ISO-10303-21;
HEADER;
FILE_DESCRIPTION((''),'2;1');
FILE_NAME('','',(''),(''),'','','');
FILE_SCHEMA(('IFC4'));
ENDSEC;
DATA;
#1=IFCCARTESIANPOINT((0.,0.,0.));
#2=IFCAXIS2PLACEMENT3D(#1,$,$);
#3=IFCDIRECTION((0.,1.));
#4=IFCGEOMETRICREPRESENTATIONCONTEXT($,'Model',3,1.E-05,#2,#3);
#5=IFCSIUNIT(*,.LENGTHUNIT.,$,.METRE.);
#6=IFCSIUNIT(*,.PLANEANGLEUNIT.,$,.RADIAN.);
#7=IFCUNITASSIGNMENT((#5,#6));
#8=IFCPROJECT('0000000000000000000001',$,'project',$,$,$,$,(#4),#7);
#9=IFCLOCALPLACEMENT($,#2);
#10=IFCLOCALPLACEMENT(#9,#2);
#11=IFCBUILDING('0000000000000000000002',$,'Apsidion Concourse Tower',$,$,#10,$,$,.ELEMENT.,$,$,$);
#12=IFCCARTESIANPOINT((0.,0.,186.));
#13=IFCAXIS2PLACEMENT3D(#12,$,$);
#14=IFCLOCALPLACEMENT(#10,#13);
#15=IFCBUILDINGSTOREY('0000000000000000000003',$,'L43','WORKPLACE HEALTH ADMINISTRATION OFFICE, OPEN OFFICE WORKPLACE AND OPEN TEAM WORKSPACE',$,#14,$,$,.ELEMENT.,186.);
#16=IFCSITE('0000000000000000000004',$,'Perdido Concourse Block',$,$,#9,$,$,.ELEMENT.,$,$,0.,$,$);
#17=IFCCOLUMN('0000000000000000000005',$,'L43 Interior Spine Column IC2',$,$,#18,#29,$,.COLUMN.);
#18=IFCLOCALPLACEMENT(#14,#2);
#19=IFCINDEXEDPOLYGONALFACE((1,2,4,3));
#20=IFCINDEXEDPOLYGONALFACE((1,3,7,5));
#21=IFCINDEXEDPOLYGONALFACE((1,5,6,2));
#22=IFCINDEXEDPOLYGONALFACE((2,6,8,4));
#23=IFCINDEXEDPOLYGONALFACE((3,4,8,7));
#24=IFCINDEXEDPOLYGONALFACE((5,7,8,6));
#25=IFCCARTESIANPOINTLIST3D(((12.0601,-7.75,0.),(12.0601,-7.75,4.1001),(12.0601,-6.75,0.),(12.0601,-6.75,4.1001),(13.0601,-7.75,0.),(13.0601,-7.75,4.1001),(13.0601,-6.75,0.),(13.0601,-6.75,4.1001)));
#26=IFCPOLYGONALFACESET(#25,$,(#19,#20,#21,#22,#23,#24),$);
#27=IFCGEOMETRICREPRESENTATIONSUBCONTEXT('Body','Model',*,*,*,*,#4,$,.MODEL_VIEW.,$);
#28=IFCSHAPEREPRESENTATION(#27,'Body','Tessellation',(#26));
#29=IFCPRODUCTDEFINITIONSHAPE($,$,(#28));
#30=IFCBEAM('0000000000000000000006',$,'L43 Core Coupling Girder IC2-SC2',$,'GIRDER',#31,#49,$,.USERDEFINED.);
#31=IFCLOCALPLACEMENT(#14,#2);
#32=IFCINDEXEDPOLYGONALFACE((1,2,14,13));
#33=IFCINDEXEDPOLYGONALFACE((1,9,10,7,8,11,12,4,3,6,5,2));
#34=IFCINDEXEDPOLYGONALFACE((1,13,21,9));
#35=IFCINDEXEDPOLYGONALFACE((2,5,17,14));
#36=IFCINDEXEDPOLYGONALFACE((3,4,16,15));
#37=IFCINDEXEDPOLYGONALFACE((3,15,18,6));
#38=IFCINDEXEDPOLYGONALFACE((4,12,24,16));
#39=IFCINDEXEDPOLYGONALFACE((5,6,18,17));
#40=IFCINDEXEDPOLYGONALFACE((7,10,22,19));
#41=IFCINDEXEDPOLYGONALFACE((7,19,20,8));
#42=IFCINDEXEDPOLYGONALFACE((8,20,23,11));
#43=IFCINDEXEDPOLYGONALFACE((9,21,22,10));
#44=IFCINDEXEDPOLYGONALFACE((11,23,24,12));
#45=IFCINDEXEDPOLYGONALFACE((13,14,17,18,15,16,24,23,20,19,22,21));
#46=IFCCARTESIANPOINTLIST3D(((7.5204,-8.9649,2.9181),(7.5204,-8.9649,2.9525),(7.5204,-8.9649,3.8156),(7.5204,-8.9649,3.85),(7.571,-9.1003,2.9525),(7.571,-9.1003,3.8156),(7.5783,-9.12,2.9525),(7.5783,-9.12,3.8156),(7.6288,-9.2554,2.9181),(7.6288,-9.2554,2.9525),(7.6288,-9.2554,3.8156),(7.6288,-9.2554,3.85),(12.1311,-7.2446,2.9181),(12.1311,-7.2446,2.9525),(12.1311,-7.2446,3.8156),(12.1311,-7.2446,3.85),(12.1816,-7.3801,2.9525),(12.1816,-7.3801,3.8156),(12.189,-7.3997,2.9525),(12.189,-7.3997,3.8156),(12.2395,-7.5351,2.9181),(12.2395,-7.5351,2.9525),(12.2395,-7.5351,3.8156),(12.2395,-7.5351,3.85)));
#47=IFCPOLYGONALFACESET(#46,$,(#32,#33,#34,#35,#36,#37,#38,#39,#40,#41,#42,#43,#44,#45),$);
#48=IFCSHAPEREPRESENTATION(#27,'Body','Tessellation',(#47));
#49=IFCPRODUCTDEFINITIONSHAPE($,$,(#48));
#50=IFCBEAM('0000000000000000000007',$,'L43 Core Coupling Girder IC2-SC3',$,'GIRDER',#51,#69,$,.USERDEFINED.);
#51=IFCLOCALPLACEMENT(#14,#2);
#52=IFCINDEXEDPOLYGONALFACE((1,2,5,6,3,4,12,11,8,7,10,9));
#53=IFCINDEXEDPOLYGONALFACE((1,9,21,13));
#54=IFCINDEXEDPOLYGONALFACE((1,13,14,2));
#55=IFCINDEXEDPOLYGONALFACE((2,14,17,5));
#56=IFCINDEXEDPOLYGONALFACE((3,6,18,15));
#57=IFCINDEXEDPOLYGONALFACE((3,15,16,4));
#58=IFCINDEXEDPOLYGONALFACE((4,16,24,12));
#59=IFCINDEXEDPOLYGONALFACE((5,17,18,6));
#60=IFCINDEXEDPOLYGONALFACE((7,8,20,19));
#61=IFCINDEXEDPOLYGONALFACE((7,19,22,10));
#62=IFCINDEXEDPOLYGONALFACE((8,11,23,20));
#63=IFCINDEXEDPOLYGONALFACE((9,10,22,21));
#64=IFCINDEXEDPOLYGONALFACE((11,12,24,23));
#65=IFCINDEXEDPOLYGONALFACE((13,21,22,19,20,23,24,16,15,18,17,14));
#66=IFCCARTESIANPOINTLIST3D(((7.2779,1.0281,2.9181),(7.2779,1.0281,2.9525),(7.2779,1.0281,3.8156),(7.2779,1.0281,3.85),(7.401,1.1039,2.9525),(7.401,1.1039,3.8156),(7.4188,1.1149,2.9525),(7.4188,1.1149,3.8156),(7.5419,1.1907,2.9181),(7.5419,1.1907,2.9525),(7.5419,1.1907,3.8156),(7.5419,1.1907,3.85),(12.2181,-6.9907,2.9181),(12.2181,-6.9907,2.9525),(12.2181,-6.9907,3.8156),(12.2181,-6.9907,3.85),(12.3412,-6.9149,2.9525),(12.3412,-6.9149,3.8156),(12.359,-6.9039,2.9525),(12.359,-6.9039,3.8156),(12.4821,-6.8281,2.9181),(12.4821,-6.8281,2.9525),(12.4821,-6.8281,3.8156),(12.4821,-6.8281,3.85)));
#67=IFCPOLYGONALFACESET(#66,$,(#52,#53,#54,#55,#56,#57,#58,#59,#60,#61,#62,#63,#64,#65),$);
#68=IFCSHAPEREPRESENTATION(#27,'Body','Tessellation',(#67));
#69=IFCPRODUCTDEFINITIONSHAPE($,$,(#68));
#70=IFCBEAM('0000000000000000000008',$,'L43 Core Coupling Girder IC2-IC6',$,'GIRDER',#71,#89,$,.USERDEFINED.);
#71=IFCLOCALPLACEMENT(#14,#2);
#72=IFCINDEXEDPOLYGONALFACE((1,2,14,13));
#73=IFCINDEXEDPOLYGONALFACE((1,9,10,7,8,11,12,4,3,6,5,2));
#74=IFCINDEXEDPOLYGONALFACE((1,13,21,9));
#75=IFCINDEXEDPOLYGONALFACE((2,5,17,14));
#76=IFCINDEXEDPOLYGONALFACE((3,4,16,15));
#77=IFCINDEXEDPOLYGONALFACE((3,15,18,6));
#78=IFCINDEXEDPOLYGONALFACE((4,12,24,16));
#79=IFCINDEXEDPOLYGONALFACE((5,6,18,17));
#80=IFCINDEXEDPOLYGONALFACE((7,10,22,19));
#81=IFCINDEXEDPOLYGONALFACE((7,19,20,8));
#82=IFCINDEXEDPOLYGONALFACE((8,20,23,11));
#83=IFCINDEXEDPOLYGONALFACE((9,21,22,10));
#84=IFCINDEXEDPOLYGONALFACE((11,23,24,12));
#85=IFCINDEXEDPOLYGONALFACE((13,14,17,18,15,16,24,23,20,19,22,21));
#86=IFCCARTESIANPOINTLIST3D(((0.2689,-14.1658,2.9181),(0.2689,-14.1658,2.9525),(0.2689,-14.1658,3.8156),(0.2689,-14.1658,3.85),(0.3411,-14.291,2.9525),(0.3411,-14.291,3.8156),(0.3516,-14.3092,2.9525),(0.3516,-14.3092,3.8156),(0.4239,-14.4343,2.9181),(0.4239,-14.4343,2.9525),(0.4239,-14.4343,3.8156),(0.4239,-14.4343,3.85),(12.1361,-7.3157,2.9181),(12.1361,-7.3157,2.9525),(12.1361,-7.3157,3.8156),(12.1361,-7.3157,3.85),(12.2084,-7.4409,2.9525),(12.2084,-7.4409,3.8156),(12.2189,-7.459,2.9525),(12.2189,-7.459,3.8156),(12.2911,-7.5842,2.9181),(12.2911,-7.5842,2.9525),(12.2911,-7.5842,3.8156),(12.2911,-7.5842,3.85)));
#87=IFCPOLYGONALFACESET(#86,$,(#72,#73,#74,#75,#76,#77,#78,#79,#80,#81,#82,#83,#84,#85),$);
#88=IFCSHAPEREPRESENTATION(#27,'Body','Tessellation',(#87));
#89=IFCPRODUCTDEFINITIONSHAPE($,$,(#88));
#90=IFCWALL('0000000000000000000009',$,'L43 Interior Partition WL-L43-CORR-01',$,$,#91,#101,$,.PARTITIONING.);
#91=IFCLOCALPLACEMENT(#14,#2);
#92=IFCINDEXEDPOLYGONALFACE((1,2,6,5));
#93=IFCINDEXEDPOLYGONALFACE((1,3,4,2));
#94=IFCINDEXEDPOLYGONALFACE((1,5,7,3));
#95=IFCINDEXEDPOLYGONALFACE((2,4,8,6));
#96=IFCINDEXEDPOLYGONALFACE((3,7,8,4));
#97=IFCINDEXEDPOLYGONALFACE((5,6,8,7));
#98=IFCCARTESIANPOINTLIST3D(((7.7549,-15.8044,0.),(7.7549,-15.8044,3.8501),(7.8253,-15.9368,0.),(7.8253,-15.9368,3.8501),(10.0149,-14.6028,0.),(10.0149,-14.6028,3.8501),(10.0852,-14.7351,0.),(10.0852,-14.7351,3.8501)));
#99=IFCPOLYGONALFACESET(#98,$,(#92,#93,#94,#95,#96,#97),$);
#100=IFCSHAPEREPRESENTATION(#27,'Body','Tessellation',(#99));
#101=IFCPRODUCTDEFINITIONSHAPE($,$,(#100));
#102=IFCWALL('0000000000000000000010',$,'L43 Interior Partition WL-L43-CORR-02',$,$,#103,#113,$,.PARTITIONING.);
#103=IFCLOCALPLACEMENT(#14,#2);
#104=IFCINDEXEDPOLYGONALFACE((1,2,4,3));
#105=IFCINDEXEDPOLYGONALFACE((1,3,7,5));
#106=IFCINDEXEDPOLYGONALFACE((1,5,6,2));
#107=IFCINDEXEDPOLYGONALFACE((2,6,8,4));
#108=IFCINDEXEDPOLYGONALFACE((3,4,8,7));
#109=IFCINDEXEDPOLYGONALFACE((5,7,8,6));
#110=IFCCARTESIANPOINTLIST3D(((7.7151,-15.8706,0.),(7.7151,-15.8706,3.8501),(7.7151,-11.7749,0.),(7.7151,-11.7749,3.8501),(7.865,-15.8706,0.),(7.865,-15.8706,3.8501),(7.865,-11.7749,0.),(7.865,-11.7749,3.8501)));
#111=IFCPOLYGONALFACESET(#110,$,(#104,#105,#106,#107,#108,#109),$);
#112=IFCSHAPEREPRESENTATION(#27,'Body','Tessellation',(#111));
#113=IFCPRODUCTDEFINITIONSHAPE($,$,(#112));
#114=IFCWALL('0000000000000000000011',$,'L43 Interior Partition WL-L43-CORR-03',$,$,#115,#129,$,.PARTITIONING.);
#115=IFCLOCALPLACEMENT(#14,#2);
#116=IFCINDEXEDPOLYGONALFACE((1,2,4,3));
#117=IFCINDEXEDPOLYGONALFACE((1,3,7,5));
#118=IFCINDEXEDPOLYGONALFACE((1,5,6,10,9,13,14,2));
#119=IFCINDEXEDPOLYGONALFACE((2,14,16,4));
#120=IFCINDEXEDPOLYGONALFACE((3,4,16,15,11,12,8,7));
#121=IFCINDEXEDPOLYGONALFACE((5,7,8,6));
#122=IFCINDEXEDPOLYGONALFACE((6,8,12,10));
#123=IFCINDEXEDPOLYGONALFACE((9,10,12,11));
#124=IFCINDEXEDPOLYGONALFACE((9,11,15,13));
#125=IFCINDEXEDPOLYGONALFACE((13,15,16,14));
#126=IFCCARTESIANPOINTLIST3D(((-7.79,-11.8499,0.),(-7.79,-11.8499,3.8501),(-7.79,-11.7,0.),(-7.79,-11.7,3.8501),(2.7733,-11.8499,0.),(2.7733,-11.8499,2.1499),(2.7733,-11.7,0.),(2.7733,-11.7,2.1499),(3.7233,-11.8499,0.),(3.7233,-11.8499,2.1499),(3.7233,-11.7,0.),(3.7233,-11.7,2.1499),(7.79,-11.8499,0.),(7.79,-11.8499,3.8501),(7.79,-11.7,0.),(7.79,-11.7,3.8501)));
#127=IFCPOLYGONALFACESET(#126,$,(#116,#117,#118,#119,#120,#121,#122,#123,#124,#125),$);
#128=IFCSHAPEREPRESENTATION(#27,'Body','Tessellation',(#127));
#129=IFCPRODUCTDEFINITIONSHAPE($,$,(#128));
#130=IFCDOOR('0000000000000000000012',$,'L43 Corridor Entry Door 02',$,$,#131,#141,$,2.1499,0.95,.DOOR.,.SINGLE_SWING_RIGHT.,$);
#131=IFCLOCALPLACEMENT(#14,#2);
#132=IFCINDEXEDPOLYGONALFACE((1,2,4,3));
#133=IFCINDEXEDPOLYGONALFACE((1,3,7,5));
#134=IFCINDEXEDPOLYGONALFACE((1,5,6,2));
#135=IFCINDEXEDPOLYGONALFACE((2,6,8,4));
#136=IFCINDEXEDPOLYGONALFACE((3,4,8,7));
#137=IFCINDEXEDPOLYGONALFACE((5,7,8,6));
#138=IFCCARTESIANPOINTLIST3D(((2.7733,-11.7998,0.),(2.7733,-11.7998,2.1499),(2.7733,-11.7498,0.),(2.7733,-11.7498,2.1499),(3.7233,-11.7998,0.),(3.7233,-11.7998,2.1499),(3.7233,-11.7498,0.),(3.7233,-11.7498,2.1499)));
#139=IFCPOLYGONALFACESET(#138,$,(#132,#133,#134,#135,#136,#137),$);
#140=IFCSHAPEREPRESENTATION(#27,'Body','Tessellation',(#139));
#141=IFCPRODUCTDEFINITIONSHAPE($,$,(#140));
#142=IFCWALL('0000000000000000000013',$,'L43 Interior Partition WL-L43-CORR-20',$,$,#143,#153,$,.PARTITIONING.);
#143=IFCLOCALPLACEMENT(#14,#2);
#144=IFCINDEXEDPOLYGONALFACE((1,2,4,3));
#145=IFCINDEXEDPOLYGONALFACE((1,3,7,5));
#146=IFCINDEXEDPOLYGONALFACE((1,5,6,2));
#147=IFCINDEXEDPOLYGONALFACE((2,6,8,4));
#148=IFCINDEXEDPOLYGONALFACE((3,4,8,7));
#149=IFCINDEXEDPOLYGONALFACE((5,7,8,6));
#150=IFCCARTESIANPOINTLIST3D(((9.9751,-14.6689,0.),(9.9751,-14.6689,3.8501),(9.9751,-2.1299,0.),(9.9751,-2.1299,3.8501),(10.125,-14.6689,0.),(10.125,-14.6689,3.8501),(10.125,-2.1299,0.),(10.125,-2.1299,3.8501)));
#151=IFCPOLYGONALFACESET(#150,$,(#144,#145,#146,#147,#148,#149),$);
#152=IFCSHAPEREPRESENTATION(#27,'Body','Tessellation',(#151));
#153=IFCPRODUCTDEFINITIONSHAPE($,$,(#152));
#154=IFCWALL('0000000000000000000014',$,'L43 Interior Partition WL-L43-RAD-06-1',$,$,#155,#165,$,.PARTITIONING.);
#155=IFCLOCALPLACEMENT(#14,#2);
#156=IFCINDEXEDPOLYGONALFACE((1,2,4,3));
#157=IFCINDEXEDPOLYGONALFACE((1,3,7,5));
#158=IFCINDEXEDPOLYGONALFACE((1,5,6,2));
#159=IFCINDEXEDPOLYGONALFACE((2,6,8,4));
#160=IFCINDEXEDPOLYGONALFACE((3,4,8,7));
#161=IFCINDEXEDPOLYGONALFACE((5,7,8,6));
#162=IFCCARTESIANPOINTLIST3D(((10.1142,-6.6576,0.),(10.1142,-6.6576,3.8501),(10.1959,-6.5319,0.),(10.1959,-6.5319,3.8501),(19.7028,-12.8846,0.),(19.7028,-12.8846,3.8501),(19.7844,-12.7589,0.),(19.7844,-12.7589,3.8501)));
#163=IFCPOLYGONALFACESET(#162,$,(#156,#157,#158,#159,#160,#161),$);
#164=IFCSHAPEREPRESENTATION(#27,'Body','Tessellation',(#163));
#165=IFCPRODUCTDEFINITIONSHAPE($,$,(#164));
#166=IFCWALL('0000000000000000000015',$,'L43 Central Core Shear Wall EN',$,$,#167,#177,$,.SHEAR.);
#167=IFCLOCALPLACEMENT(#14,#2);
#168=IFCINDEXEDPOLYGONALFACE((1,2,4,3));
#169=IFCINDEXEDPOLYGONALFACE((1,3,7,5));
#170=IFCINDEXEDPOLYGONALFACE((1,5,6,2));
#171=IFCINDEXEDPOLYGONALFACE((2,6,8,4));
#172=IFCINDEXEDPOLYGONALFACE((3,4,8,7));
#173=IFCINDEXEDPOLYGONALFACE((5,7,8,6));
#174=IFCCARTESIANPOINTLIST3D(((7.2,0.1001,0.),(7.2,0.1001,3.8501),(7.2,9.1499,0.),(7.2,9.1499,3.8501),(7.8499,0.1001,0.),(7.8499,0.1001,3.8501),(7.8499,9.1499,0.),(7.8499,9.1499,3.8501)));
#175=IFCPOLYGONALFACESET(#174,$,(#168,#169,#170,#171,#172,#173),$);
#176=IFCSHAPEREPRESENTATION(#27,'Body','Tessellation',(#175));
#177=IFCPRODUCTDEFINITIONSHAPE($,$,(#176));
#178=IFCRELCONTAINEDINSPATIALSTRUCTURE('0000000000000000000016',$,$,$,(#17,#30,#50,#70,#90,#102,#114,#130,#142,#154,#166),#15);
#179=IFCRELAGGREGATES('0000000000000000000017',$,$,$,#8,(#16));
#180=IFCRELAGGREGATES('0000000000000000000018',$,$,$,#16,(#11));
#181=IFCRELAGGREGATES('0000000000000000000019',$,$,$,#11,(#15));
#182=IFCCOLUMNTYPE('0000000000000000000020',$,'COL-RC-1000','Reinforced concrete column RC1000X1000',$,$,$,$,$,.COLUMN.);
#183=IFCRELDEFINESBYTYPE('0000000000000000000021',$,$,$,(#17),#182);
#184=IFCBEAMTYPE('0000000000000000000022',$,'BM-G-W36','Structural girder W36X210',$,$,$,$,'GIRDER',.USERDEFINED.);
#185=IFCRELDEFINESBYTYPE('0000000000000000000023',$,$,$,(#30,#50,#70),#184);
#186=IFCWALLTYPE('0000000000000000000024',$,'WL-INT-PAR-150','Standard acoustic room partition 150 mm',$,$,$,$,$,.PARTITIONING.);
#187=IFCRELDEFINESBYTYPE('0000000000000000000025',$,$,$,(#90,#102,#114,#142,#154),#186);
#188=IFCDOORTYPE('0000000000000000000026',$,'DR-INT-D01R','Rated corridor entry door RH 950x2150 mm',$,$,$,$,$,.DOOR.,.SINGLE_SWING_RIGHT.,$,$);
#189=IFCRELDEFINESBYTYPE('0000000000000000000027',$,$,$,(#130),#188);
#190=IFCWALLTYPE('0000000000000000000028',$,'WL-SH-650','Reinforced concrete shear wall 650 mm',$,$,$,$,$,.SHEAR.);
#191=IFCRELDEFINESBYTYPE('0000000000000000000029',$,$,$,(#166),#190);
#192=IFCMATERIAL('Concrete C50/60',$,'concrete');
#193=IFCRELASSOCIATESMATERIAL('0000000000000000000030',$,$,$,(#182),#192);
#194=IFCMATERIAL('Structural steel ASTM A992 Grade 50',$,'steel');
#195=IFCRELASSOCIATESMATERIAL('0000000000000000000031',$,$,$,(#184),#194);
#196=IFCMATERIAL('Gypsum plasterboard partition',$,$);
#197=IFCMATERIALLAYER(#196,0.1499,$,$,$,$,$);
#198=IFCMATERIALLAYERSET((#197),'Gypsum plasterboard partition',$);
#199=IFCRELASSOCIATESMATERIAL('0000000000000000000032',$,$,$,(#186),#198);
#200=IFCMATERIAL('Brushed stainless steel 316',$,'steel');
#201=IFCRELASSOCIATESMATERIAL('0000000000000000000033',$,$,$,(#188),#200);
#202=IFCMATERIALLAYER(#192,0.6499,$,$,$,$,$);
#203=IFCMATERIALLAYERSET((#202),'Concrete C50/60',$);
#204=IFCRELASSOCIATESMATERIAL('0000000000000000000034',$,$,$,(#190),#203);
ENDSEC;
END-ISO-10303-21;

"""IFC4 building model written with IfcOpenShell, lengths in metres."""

from ifc_helpers import new_model, si_unit, direction, frame, frame_2d, origin, origin_2d, place, context, subcontext, project, spatial, rectangle, i_section, extrude, material, layer, layer_set, material_profile, profile_set, type_object, element, fill, save


model = new_model("IFC4")

# Units and contexts
model_context = context("Model", 3, precision=1e-05, world=origin(), true_north=direction((0.0, 1.0)))
body_context = subcontext(model_context, "Body", "Model", "MODEL_VIEW")
ifc_project = project(units=[si_unit("LENGTHUNIT", "METRE"), si_unit("PLANEANGLEUNIT", "RADIAN")], contexts=[model_context])

# Site, building, storey
site_placement = place(None, origin())
site = spatial("IfcSite", under=ifc_project, at=site_placement, Name="Perdido Concourse Block", CompositionType="ELEMENT", RefElevation=0.0)
building_placement = place(site_placement, origin())
building = spatial("IfcBuilding", under=site, at=building_placement, Name="Apsidion Concourse Tower", CompositionType="ELEMENT")
storey_placement = place(building_placement, frame((0.0, 0.0, 186.0)))
storey = spatial("IfcBuildingStorey", under=building, at=storey_placement, Name="L43", Description="WORKPLACE HEALTH ADMINISTRATION OFFICE, OPEN OFFICE WORKPLACE AND OPEN TEAM WORKSPACE", CompositionType="ELEMENT", Elevation=186.0)

# Column
ifc_material_1 = material(Name="Concrete C50/60", Category="concrete")
ifc_material_profile_1 = material_profile(ifc_material_1, rectangle(XDim=1.0, YDim=1.0, at=origin_2d()), Name="RC 1000x1000")
ifc_profile_set_1 = profile_set([ifc_material_profile_1], Name="Concrete C50/60")
column_type = type_object("IfcColumnType", Name="COL-RC-1000", Description="Reinforced concrete column RC1000X1000", PredefinedType="COLUMN", material=ifc_profile_set_1)
column_placement = place(storey_placement, frame((12.5601, -7.25, 0.0), z_axis=(0.0, 0.0, 1.0), x_axis=(1.0, 0.0, 0.0)))
element("IfcColumn", 1, at=column_placement, inside=storey, type_object=column_type, Name="L43 Interior Spine Column IC2", PredefinedType="COLUMN", context=body_context, shape_type="SweptSolid", body=[
    extrude(rectangle(XDim=1.0, YDim=1.0, at=origin_2d()), origin(), (0.0, 0.0, 1.0), 4.1001),
])

# Beams
ifc_material_2 = material(Name="Structural steel ASTM A992 Grade 50", Category="steel")
ifc_material_profile_2 = material_profile(ifc_material_2, i_section(OverallWidth=0.3101, OverallDepth=0.9319, WebThickness=0.021, FlangeThickness=0.0344, at=origin_2d()), Name="W36X210")
ifc_profile_set_2 = profile_set([ifc_material_profile_2], Name="Structural steel ASTM A992 Grade 50")
beam_type = type_object("IfcBeamType", Name="BM-G-W36", Description="Structural girder W36X210", ElementType="GIRDER", PredefinedType="USERDEFINED", material=ifc_profile_set_2)
beam_1_placement = place(storey_placement, frame((12.1853, -7.3899, 3.384), z_axis=(-0.936913, -0.349563, 0.0), x_axis=(0.349563, -0.936913, 0.0)))
element("IfcBeam", 2, at=beam_1_placement, inside=storey, type_object=beam_type, Name="L43 Core Coupling Girder IC2-SC2", ObjectType="GIRDER", PredefinedType="USERDEFINED", context=body_context, shape_type="SweptSolid", body=[
    extrude(i_section(OverallWidth=0.3101, OverallDepth=0.9319, WebThickness=0.021, FlangeThickness=0.0344, at=origin_2d()), origin(), (0.0, 0.0, 1.0), 4.9211),
])
beam_2_placement = place(storey_placement, frame((12.3501, -6.9094, 3.384), z_axis=(-0.524524, 0.851396, 0.0), x_axis=(-0.851396, -0.524524, 0.0)))
element("IfcBeam", 3, at=beam_2_placement, inside=storey, type_object=beam_type, Name="L43 Core Coupling Girder IC2-SC3", ObjectType="GIRDER", PredefinedType="USERDEFINED", context=body_context, shape_type="SweptSolid", body=[
    extrude(i_section(OverallWidth=0.3101, OverallDepth=0.9319, WebThickness=0.021, FlangeThickness=0.0344, at=origin_2d()), origin(), (0.0, 0.0, 1.0), 9.4185),
])
beam_3_placement = place(storey_placement, frame((12.2136, -7.45, 3.384), z_axis=(-0.86607, -0.499922, 0.0), x_axis=(0.499922, -0.86607, 0.0)))
element("IfcBeam", 4, at=beam_3_placement, inside=storey, type_object=beam_type, Name="L43 Core Coupling Girder IC2-IC6", ObjectType="GIRDER", PredefinedType="USERDEFINED", context=body_context, shape_type="SweptSolid", body=[
    extrude(i_section(OverallWidth=0.3101, OverallDepth=0.9319, WebThickness=0.021, FlangeThickness=0.0344, at=origin_2d()), origin(), (0.0, 0.0, 1.0), 13.7024),
])

# Walls
ifc_material_3 = material(Name="Gypsum plasterboard partition")
ifc_layer_1 = layer(ifc_material_3, 0.1499)
ifc_layer_set_1 = layer_set([ifc_layer_1], Name="Gypsum plasterboard partition")
wall_type_1 = type_object("IfcWallType", Name="WL-INT-PAR-150", Description="Standard acoustic room partition 150 mm", PredefinedType="PARTITIONING", material=ifc_layer_set_1)
wall_1_placement = place(storey_placement, frame((10.05, -14.6689, 0.0), z_axis=(0.0, 0.0, 1.0), x_axis=(-0.882949, -0.469469, 0.0)))
element("IfcWall", 5, at=wall_1_placement, inside=storey, type_object=wall_type_1, Name="L43 Interior Partition WL-L43-CORR-01", PredefinedType="PARTITIONING", context=body_context, shape_type="SweptSolid", body=[
    extrude(rectangle(XDim=2.5596, YDim=0.1499, at=frame_2d((1.2798, 0.0))), origin(), (0.0, 0.0, 1.0), 3.8501),
])
wall_2_placement = place(storey_placement, frame((7.79, -15.8706, 0.0), z_axis=(0.0, 0.0, 1.0), x_axis=(0.0, 1.0, 0.0)))
element("IfcWall", 6, at=wall_2_placement, inside=storey, type_object=wall_type_1, Name="L43 Interior Partition WL-L43-CORR-02", PredefinedType="PARTITIONING", context=body_context, shape_type="SweptSolid", body=[
    extrude(rectangle(XDim=4.0957, YDim=0.1499, at=frame_2d((2.0479, 0.0))), origin(), (0.0, 0.0, 1.0), 3.8501),
])

# Wall, opening, door
wall_3_placement = place(storey_placement, frame((7.79, -11.7749, 0.0), z_axis=(0.0, 0.0, 1.0), x_axis=(-1.0, 0.0, 0.0)))
wall_3 = element("IfcWall", 7, at=wall_3_placement, inside=storey, type_object=wall_type_1, Name="L43 Interior Partition WL-L43-CORR-03", PredefinedType="PARTITIONING", context=body_context, shape_type="SweptSolid", body=[
    extrude(rectangle(XDim=15.5801, YDim=0.1499, at=frame_2d((7.79, 0.0))), origin(), (0.0, 0.0, 1.0), 3.8501),
])
opening_1_placement = place(wall_3_placement, frame((4.0667, 0.0, 0.0)))
opening_1 = element("IfcOpeningElement", 8, at=opening_1_placement, cuts=wall_3, PredefinedType="OPENING", context=body_context, shape_type="SweptSolid", body=[
    extrude(rectangle(XDim=0.95, YDim=2.1499, at=frame_2d((0.4751, 1.075))), frame((0.0, 0.085, 0.0), z_axis=(0.0, -1.0, 0.0), x_axis=(1.0, 0.0, 0.0)), (0.0, 0.0, 1.0), 0.1699),
])
ifc_material_4 = material(Name="Brushed stainless steel 316", Category="steel")
door_type_1 = type_object("IfcDoorType", Name="DR-INT-D01R", Description="Rated corridor entry door RH 950x2150 mm", OperationType="SINGLE_SWING_RIGHT", PredefinedType="DOOR", material=ifc_material_4)
door_1_placement = place(opening_1_placement, origin())
door_1 = element("IfcDoor", 9, at=door_1_placement, inside=storey, type_object=door_type_1, Name="L43 Corridor Entry Door 02", OperationType="SINGLE_SWING_RIGHT", OverallHeight=2.1499, OverallWidth=0.95, PredefinedType="DOOR", context=body_context, shape_type="SweptSolid", body=[
    extrude(rectangle(XDim=0.95, YDim=2.1499, at=frame_2d((0.4751, 1.075))), frame((0.0, 0.0249, 0.0), z_axis=(0.0, -1.0, 0.0), x_axis=(1.0, 0.0, 0.0)), (0.0, 0.0, 1.0), 0.05),
])
fill(opening_1, door_1)

# Walls
wall_4_placement = place(storey_placement, frame((10.05, -2.1299, 0.0), z_axis=(0.0, 0.0, 1.0), x_axis=(0.0, -1.0, 0.0)))
element("IfcWall", 10, at=wall_4_placement, inside=storey, type_object=wall_type_1, Name="L43 Interior Partition WL-L43-CORR-20", PredefinedType="PARTITIONING", context=body_context, shape_type="SweptSolid", body=[
    extrude(rectangle(XDim=12.5391, YDim=0.1499, at=frame_2d((6.2695, 0.0))), origin(), (0.0, 0.0, 1.0), 3.8501),
])
wall_5_placement = place(storey_placement, frame((10.155, -6.5947, 0.0), z_axis=(0.0, 0.0, 1.0), x_axis=(0.838666, -0.544647, 0.0)))
element("IfcWall", 11, at=wall_5_placement, inside=storey, type_object=wall_type_1, Name="L43 Interior Partition WL-L43-RAD-06-1", PredefinedType="PARTITIONING", context=body_context, shape_type="SweptSolid", body=[
    extrude(rectangle(XDim=11.4331, YDim=0.1499, at=frame_2d((5.7166, 0.0))), origin(), (0.0, 0.0, 1.0), 3.8501),
])
ifc_layer_2 = layer(ifc_material_1, 0.6499)
ifc_layer_set_2 = layer_set([ifc_layer_2], Name="Concrete C50/60")
wall_type_2 = type_object("IfcWallType", Name="WL-SH-650", Description="Reinforced concrete shear wall 650 mm", PredefinedType="SHEAR", material=ifc_layer_set_2)
wall_6_placement = place(storey_placement, frame((7.5249, 0.1001, 0.0), z_axis=(0.0, 0.0, 1.0), x_axis=(0.0, 1.0, 0.0)))
element("IfcWall", 12, at=wall_6_placement, inside=storey, type_object=wall_type_2, Name="L43 Central Core Shear Wall EN", PredefinedType="SHEAR", context=body_context, shape_type="SweptSolid", body=[
    extrude(rectangle(XDim=9.0498, YDim=0.6499, at=frame_2d((4.5249, 0.0))), origin(), (0.0, 0.0, 1.0), 3.8501),
])

save(model, "model.ifc")
